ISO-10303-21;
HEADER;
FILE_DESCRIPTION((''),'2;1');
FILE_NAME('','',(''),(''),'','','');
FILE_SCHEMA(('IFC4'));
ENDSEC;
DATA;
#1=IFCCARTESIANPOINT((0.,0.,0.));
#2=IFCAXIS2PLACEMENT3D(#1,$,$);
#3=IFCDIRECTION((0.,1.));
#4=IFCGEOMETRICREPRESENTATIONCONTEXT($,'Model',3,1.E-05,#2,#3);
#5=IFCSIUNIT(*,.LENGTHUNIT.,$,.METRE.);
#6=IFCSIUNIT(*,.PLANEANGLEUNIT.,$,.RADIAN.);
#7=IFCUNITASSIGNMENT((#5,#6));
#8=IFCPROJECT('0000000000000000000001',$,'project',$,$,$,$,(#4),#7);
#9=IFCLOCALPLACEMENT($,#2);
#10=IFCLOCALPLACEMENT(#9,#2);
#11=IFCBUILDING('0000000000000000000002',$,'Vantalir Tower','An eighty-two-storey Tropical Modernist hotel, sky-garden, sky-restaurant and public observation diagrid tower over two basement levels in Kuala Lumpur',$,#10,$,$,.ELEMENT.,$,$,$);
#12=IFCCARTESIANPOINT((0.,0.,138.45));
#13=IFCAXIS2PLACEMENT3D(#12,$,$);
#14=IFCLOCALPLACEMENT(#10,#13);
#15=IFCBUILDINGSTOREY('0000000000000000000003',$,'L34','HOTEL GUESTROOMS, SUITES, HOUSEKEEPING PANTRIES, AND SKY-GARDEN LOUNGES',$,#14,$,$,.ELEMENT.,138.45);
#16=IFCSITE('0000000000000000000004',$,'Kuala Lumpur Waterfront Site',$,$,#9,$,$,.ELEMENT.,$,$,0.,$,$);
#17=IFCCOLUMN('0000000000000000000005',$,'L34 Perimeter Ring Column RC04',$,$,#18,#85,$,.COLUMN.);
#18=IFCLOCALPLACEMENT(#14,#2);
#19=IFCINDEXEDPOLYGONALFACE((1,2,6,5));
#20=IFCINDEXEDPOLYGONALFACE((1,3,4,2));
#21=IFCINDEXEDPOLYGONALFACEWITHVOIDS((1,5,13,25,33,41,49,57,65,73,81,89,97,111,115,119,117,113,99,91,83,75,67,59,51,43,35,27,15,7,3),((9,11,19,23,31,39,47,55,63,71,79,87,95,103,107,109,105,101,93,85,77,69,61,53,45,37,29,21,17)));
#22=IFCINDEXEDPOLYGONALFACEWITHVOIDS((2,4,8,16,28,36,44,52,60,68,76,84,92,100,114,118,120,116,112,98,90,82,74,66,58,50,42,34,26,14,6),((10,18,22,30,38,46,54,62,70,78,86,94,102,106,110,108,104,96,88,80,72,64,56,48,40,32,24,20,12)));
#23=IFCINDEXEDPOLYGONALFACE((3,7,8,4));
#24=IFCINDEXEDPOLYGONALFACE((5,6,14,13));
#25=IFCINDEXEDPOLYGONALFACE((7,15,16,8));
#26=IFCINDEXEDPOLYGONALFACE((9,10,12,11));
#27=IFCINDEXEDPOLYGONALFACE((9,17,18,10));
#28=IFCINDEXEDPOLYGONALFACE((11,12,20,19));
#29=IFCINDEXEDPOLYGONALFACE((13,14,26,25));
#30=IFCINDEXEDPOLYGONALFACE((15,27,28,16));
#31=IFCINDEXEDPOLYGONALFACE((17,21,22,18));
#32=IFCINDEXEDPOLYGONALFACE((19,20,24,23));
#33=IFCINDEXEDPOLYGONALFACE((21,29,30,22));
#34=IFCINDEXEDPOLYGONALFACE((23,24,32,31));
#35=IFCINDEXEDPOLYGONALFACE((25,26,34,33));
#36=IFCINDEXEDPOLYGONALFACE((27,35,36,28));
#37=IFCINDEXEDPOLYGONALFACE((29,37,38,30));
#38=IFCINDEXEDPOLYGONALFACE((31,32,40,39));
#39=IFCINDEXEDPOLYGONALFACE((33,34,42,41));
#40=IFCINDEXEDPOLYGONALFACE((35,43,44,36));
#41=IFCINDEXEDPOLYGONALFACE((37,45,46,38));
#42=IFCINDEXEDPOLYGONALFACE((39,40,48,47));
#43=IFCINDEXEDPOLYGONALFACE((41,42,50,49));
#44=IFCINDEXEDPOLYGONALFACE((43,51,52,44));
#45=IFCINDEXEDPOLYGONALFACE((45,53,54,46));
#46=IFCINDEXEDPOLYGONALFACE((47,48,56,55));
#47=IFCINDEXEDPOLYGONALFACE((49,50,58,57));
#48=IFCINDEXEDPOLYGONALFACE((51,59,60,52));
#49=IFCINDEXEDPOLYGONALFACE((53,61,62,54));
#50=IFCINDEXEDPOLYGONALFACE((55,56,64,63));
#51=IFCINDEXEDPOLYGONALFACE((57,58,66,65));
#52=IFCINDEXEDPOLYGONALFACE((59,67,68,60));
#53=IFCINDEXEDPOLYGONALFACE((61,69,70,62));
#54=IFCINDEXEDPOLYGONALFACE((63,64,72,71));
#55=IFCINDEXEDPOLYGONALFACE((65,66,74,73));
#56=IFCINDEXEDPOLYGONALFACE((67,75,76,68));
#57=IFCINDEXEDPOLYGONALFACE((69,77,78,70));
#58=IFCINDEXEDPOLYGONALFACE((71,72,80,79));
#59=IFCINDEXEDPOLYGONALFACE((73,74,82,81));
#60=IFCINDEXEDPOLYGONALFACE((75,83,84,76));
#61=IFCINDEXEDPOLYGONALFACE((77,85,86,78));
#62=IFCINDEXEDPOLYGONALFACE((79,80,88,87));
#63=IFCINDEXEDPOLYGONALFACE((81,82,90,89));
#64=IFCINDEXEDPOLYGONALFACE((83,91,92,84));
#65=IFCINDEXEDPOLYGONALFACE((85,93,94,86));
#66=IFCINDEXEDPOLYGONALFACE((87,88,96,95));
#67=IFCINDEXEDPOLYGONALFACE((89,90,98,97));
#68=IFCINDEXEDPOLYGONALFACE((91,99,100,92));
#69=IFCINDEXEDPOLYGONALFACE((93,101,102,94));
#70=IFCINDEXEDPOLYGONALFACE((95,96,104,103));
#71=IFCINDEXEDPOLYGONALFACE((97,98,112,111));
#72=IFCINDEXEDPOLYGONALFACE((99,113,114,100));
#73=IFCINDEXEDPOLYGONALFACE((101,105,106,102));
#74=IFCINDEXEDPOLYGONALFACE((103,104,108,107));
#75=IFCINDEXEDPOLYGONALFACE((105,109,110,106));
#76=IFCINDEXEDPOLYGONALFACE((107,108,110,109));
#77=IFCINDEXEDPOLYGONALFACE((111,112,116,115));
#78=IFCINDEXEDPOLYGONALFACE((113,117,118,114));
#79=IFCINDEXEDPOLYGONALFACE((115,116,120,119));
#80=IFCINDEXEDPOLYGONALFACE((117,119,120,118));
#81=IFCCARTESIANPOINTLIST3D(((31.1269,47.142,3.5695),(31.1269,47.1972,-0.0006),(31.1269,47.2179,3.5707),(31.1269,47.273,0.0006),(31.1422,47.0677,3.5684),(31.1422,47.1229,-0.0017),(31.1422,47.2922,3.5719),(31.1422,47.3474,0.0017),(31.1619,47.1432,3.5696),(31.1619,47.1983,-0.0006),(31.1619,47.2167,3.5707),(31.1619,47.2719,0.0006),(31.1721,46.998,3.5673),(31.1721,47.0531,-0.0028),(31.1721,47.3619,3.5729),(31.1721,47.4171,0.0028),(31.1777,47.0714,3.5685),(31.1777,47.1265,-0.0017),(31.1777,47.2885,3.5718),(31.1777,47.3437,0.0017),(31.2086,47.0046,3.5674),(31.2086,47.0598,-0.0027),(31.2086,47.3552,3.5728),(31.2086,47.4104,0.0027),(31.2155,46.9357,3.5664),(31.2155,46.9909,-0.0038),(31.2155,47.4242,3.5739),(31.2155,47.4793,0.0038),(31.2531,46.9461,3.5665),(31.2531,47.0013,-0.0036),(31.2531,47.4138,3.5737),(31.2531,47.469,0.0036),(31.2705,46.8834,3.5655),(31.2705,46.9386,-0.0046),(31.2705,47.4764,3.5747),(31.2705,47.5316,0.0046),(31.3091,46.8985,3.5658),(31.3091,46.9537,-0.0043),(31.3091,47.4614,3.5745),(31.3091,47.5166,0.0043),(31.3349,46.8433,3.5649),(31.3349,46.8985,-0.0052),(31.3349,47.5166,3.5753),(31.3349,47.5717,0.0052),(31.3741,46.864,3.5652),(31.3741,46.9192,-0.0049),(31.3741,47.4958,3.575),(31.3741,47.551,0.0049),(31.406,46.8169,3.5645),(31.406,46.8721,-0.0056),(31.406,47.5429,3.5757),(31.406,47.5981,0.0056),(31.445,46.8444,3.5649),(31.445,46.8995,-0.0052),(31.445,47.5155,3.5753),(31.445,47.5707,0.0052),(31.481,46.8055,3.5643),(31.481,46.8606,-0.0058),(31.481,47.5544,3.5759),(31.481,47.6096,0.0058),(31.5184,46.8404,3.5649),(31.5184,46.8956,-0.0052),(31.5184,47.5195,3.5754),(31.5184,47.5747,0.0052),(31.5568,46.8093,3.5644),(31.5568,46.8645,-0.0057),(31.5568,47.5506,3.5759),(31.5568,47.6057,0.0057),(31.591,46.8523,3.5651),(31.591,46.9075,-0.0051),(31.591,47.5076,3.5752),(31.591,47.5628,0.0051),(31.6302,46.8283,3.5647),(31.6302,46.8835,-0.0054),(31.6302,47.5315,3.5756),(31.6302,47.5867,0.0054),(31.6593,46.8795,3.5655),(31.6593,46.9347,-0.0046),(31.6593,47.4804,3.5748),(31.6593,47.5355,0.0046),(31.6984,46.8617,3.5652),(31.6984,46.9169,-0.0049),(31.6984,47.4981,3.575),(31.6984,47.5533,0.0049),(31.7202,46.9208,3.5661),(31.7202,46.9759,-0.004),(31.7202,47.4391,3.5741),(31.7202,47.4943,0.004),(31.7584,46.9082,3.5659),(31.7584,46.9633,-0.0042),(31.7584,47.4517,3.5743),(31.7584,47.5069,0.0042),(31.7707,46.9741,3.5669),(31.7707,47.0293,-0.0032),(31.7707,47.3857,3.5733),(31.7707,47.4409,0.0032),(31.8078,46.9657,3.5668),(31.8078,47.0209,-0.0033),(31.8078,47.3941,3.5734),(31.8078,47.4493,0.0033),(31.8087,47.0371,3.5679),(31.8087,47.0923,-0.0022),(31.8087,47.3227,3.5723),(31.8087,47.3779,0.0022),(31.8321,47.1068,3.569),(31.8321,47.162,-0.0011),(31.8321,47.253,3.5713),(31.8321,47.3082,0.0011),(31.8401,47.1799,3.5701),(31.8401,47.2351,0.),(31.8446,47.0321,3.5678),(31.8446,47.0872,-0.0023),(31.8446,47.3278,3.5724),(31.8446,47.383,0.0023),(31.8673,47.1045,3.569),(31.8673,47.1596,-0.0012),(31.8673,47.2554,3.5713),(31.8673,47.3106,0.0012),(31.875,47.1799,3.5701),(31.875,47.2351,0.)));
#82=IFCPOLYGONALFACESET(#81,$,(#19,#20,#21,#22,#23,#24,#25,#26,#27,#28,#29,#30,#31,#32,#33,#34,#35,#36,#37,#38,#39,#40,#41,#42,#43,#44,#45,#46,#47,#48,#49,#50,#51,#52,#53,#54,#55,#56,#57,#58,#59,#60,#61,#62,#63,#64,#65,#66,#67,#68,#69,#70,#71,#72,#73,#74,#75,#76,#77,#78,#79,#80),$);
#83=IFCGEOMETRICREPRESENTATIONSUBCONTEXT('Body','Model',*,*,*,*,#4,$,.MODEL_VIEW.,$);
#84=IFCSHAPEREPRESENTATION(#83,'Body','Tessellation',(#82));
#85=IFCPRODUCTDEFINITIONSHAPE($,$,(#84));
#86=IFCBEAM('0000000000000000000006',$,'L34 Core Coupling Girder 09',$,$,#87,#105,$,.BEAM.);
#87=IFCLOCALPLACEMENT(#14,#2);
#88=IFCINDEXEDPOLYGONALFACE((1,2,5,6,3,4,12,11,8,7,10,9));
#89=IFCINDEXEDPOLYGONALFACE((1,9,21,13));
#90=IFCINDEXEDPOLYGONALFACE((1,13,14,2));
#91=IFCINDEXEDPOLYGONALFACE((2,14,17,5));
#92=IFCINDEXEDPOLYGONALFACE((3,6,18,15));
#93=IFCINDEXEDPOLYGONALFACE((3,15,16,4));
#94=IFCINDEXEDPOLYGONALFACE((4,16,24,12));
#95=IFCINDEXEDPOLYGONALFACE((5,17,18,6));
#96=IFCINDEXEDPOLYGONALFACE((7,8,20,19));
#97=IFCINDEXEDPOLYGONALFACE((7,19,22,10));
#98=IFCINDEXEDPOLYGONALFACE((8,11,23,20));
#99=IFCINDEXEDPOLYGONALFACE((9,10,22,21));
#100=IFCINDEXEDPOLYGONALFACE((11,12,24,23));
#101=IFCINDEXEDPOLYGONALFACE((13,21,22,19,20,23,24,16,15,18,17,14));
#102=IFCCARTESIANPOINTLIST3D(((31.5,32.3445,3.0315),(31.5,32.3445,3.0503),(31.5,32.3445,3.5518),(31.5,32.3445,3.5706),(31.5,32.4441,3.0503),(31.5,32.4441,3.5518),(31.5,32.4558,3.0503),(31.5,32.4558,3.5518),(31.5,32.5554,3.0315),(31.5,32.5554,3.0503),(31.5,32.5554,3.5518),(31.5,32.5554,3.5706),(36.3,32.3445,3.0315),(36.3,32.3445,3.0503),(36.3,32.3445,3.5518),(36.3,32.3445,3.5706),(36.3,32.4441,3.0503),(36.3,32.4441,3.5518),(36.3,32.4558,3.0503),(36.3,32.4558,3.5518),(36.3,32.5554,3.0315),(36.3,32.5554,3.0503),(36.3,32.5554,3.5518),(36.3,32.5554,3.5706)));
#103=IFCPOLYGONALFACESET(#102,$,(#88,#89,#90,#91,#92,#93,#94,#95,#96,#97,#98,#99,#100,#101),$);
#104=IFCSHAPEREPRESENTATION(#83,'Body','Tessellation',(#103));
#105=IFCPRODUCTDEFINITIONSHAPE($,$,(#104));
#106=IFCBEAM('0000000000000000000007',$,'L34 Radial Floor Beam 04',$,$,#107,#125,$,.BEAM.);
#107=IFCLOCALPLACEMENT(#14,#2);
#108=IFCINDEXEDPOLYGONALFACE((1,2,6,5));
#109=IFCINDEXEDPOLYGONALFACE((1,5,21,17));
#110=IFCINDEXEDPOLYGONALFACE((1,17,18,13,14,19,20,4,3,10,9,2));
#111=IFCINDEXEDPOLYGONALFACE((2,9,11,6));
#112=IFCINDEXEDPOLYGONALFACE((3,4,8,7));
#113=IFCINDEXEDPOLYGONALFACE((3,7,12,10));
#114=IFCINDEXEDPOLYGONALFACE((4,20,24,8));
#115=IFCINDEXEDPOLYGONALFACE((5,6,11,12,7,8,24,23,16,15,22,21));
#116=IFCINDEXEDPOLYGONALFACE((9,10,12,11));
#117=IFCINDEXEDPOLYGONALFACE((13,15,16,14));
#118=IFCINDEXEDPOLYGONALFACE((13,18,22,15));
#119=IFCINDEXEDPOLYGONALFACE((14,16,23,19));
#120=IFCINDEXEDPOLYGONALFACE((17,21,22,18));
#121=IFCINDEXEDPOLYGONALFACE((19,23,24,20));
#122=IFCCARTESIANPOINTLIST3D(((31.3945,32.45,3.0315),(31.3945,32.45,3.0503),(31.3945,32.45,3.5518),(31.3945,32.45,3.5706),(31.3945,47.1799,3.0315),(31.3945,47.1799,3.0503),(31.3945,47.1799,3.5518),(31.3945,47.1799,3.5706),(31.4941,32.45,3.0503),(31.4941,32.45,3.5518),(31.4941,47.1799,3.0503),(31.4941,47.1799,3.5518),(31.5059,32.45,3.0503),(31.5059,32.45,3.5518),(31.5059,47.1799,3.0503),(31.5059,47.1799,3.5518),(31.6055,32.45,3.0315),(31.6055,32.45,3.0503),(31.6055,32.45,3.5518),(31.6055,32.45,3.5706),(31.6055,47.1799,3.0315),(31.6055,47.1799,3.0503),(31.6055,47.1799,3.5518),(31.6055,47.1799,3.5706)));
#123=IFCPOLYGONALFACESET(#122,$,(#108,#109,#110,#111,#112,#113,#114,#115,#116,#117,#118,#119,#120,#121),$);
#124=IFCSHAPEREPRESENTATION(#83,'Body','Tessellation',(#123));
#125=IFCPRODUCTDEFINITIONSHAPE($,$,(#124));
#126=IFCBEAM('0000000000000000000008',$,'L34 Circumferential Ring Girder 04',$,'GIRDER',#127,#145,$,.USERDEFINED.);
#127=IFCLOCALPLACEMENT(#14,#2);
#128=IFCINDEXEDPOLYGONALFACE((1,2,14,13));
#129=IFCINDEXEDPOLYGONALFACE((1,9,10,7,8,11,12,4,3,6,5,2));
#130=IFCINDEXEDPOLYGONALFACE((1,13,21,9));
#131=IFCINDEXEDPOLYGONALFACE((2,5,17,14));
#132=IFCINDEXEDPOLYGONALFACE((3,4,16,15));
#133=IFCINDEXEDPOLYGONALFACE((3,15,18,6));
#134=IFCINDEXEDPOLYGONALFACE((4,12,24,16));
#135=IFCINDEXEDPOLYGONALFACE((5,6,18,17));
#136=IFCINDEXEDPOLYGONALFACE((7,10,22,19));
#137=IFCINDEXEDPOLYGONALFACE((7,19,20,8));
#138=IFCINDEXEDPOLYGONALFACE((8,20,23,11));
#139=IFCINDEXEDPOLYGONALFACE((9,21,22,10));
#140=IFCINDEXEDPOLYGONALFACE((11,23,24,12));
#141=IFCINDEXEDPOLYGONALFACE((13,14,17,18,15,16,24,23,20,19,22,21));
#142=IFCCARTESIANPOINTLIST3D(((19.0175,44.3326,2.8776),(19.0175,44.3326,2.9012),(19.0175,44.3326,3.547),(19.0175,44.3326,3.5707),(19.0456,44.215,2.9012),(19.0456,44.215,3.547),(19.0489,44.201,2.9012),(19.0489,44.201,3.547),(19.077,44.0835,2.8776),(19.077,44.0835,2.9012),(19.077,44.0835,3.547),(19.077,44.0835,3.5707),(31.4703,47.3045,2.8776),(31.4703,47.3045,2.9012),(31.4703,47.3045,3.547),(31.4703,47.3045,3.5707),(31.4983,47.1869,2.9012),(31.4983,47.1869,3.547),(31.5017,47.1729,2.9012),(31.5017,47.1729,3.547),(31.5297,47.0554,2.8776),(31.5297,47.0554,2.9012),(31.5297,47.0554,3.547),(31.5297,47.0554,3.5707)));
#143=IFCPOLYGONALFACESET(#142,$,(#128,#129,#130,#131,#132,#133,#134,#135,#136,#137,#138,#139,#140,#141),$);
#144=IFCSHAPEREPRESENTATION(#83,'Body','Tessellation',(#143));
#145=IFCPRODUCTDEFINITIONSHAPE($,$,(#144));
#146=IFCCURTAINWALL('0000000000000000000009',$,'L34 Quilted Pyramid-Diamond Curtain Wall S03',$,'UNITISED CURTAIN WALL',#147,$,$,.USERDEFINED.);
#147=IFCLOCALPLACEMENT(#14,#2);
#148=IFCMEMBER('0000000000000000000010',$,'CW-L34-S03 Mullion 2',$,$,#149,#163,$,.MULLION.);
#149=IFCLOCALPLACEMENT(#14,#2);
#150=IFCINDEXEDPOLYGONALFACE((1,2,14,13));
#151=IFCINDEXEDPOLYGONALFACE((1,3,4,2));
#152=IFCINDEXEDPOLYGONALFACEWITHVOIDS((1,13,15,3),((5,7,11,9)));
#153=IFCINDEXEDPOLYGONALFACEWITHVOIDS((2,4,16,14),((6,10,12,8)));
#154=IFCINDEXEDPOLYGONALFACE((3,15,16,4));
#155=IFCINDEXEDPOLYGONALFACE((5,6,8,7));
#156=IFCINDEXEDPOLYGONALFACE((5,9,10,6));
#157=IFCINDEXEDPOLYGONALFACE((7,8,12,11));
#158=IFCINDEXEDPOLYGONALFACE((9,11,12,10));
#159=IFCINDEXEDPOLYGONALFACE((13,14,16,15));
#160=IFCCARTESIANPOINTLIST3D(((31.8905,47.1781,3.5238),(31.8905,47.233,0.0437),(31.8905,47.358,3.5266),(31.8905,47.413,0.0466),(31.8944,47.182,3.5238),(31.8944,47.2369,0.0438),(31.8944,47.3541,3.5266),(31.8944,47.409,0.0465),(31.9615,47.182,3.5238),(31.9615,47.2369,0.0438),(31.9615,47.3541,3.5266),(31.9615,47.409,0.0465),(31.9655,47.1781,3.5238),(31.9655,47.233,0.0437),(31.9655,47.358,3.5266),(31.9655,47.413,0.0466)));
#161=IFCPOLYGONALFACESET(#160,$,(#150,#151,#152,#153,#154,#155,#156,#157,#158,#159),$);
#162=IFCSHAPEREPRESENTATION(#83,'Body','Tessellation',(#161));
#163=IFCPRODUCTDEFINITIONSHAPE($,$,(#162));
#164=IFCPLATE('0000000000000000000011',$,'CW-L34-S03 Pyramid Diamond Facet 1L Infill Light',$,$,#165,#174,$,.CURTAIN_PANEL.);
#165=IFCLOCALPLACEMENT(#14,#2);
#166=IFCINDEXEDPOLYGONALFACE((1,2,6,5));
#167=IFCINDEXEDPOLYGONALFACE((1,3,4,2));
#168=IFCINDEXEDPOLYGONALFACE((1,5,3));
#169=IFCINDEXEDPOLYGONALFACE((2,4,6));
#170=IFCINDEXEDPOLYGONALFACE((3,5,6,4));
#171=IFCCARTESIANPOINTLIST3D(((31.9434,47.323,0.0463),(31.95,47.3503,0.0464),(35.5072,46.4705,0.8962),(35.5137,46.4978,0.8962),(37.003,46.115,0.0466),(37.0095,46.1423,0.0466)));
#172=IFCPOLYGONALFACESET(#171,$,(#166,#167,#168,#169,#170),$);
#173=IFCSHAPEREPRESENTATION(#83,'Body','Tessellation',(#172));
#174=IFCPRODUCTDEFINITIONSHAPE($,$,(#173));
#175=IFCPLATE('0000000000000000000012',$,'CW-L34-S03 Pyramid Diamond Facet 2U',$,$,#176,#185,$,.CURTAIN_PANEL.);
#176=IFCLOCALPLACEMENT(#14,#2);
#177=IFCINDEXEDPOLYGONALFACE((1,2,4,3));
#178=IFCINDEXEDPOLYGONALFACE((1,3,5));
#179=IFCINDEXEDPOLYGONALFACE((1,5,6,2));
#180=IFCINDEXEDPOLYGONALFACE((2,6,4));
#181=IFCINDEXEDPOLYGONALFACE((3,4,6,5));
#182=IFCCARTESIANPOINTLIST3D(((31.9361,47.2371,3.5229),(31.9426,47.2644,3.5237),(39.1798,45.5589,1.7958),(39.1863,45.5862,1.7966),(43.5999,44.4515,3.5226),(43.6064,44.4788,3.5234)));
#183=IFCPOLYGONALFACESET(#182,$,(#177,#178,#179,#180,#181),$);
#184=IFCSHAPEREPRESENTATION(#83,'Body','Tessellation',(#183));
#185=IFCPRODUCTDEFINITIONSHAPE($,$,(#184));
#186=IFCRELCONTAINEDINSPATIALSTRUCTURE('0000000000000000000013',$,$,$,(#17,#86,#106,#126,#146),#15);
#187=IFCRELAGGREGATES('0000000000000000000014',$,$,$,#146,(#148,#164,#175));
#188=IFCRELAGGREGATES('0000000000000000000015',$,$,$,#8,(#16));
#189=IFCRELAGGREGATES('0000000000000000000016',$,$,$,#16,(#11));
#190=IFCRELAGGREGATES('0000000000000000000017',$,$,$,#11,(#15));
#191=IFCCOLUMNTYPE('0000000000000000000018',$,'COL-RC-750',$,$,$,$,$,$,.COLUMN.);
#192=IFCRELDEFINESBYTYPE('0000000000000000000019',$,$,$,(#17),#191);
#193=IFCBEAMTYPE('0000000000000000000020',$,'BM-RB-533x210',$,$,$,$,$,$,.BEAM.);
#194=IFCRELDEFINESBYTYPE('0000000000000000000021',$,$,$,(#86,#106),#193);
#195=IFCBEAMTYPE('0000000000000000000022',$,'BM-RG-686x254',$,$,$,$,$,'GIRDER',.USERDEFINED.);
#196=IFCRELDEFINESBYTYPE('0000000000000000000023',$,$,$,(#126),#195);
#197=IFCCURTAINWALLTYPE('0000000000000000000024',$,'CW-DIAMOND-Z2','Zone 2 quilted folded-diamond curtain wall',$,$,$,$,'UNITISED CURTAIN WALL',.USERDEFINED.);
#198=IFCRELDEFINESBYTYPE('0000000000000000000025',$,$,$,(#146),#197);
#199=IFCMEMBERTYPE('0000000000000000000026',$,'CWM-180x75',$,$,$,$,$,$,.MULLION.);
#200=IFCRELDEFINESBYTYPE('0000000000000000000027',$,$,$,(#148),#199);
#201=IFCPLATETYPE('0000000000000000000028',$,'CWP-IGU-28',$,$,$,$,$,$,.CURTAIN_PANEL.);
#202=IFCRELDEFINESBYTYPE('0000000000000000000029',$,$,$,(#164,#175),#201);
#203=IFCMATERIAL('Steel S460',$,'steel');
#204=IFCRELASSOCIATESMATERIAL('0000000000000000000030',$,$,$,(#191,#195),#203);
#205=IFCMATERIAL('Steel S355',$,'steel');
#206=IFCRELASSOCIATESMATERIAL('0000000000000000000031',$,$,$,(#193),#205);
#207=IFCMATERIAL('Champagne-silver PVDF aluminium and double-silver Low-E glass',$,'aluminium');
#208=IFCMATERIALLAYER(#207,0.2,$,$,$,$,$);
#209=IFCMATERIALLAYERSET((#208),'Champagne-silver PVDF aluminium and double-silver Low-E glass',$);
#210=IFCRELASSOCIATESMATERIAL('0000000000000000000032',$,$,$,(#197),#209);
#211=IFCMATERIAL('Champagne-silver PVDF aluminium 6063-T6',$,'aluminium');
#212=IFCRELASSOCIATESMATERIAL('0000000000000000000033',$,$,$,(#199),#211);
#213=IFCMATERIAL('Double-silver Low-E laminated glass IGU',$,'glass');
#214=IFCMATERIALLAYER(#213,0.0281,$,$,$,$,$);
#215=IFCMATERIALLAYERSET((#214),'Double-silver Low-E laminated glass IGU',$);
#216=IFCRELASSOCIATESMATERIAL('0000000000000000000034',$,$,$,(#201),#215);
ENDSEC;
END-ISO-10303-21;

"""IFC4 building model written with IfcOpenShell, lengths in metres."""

from ifc_helpers import new_model, si_unit, direction, frame, origin, origin_2d, place, context, subcontext, project, spatial, polyline, hollow_rectangle, hollow_circle, i_section, outline, extrude, material, layer, layer_set, material_profile, profile_set, type_object, element, aggregate, save


model = new_model("IFC4")

# Units and contexts
model_context = context("Model", 3, precision=1e-05, world=origin(), true_north=direction((0.0, 1.0)))
body_context = subcontext(model_context, "Body", "Model", "MODEL_VIEW")
ifc_project = project(units=[si_unit("LENGTHUNIT", "METRE"), si_unit("PLANEANGLEUNIT", "RADIAN")], contexts=[model_context])

# Site, building, storey
site_placement = place(None, origin())
site = spatial("IfcSite", under=ifc_project, at=site_placement, Name="Kuala Lumpur Waterfront Site", CompositionType="ELEMENT", RefElevation=0.0)
building_placement = place(site_placement, origin())
building = spatial("IfcBuilding", under=site, at=building_placement, Name="Vantalir Tower", Description="An eighty-two-storey Tropical Modernist hotel, sky-garden, sky-restaurant and public observation diagrid tower over two basement levels in Kuala Lumpur", CompositionType="ELEMENT")
storey_placement = place(building_placement, frame((0.0, 0.0, 138.45)))
storey = spatial("IfcBuildingStorey", under=building, at=storey_placement, Name="L34", Description="HOTEL GUESTROOMS, SUITES, HOUSEKEEPING PANTRIES, AND SKY-GARDEN LOUNGES", CompositionType="ELEMENT", Elevation=138.45)

# Column
ifc_material_1 = material(Name="Steel S460", Category="steel")
ifc_material_profile_1 = material_profile(ifc_material_1, hollow_circle(Radius=0.375, WallThickness=0.0349, at=origin_2d()), Name="Steel S460")
ifc_profile_set_1 = profile_set([ifc_material_profile_1], Name="Steel S460")
column_type = type_object("IfcColumnType", Name="COL-RC-750", PredefinedType="COLUMN", material=ifc_profile_set_1)
column_placement = place(storey_placement, frame((31.5, 47.2351, 0.0), z_axis=(0.0, -0.015453, 0.999881), x_axis=(1.0, 0.0, 0.0)))
element("IfcColumn", 1, at=column_placement, inside=storey, type_object=column_type, Name="L34 Perimeter Ring Column RC04", PredefinedType="COLUMN", context=body_context, shape_type="SweptSolid", body=[
    extrude(hollow_circle(Radius=0.375, WallThickness=0.0349, at=origin_2d()), origin(), (0.0, 0.0, 1.0), 3.5706),
])

# Beams
ifc_material_2 = material(Name="Steel S355", Category="steel")
ifc_material_profile_2 = material_profile(ifc_material_2, i_section(OverallWidth=0.2109, OverallDepth=0.5391, WebThickness=0.0117, FlangeThickness=0.0188, at=origin_2d()), Name="Steel S355")
ifc_profile_set_2 = profile_set([ifc_material_profile_2], Name="Steel S355")
beam_type_1 = type_object("IfcBeamType", Name="BM-RB-533x210", PredefinedType="BEAM", material=ifc_profile_set_2)
beam_1_placement = place(storey_placement, frame((36.3, 32.45, 3.301), z_axis=(-1.0, 0.0, 0.0), x_axis=(0.0, -1.0, 0.0)))
element("IfcBeam", 2, at=beam_1_placement, inside=storey, type_object=beam_type_1, Name="L34 Core Coupling Girder 09", PredefinedType="BEAM", context=body_context, shape_type="SweptSolid", body=[
    extrude(i_section(OverallWidth=0.2109, OverallDepth=0.5391, WebThickness=0.0117, FlangeThickness=0.0188, at=origin_2d()), origin(), (0.0, 0.0, 1.0), 4.8),
])
beam_2_placement = place(storey_placement, frame((31.5, 47.1799, 3.301), z_axis=(0.0, -1.0, 0.0), x_axis=(1.0, 0.0, 0.0)))
element("IfcBeam", 3, at=beam_2_placement, inside=storey, type_object=beam_type_1, Name="L34 Radial Floor Beam 04", PredefinedType="BEAM", context=body_context, shape_type="SweptSolid", body=[
    extrude(i_section(OverallWidth=0.2109, OverallDepth=0.5391, WebThickness=0.0117, FlangeThickness=0.0188, at=origin_2d()), origin(), (0.0, 0.0, 1.0), 14.73),
])
ifc_material_profile_3 = material_profile(ifc_material_1, i_section(OverallWidth=0.2561, OverallDepth=0.6931, WebThickness=0.0144, FlangeThickness=0.0237, at=origin_2d()), Name="Steel S460")
ifc_profile_set_3 = profile_set([ifc_material_profile_3], Name="Steel S460")
beam_type_2 = type_object("IfcBeamType", Name="BM-RG-686x254", ElementType="GIRDER", PredefinedType="USERDEFINED", material=ifc_profile_set_3)
beam_3_placement = place(storey_placement, frame((31.5, 47.1799, 3.2241), z_axis=(-0.972684, -0.232134, 0.0), x_axis=(0.232134, -0.972684, 0.0)))
element("IfcBeam", 4, at=beam_3_placement, inside=storey, type_object=beam_type_2, Name="L34 Circumferential Ring Girder 04", ObjectType="GIRDER", PredefinedType="USERDEFINED", context=body_context, shape_type="SweptSolid", body=[
    extrude(i_section(OverallWidth=0.2561, OverallDepth=0.6931, WebThickness=0.0144, FlangeThickness=0.0237, at=origin_2d()), origin(), (0.0, 0.0, 1.0), 12.8025),
])

# Curtain wall, member, plates
ifc_material_3 = material(Name="Champagne-silver PVDF aluminium and double-silver Low-E glass", Category="aluminium")
ifc_layer_1 = layer(ifc_material_3, 0.2)
ifc_layer_set_1 = layer_set([ifc_layer_1], Name="Champagne-silver PVDF aluminium and double-silver Low-E glass")
curtain_wall_type = type_object("IfcCurtainWallType", Name="CW-DIAMOND-Z2", Description="Zone 2 quilted folded-diamond curtain wall", ElementType="UNITISED CURTAIN WALL", PredefinedType="USERDEFINED", material=ifc_layer_set_1)
curtain_wall_placement = place(storey_placement, origin())
curtain_wall = element("IfcCurtainWall", 5, at=curtain_wall_placement, inside=storey, type_object=curtain_wall_type, Name="L34 Quilted Pyramid-Diamond Curtain Wall S03", ObjectType="UNITISED CURTAIN WALL", PredefinedType="USERDEFINED")
ifc_material_4 = material(Name="Champagne-silver PVDF aluminium 6063-T6", Category="aluminium")
ifc_material_profile_4 = material_profile(ifc_material_4, hollow_rectangle(XDim=0.075, YDim=0.1799, WallThickness=0.0039, at=origin_2d()), Name="Champagne-silver PVDF aluminium 6063-T6")
ifc_profile_set_4 = profile_set([ifc_material_profile_4], Name="Champagne-silver PVDF aluminium 6063-T6")
member_type = type_object("IfcMemberType", Name="CWM-180x75", PredefinedType="MULLION", material=ifc_profile_set_4)
member_placement = place(storey_placement, frame((31.928, 47.323, 0.0452), z_axis=(0.0, -0.015783, 0.999875), x_axis=(1.0, 0.0, 0.0)))
member = element("IfcMember", 6, at=member_placement, type_object=member_type, Name="CW-L34-S03 Mullion 2", PredefinedType="MULLION", context=body_context, shape_type="SweptSolid", body=[
    extrude(hollow_rectangle(XDim=0.075, YDim=0.1799, WallThickness=0.0039, at=origin_2d()), origin(), (0.0, 0.0, 1.0), 3.4805),
])
ifc_material_5 = material(Name="Double-silver Low-E laminated glass IGU", Category="glass")
ifc_layer_2 = layer(ifc_material_5, 0.0281)
ifc_layer_set_2 = layer_set([ifc_layer_2], Name="Double-silver Low-E laminated glass IGU")
plate_type = type_object("IfcPlateType", Name="CWP-IGU-28", PredefinedType="CURTAIN_PANEL", material=ifc_layer_set_2)
plate_1_placement = place(storey_placement, frame((37.0095, 46.1423, 0.0466), z_axis=(0.232229, 0.972659, 0.001918), x_axis=(-0.972661, 0.23223, -0.000047)))
plate_1 = element("IfcPlate", 7, at=plate_1_placement, type_object=plate_type, Name="CW-L34-S03 Pyramid Diamond Facet 1L Infill Light", PredefinedType="CURTAIN_PANEL", context=body_context, shape_type="SweptSolid", body=[
    extrude(outline(polyline([(0.0, 0.0), (5.2018, 0.0), (1.5375, 0.8497), (0.0, 0.0)])), origin(), (0.0, 0.0, -1.0), 0.0281),
])
plate_2_placement = place(storey_placement, frame((31.9426, 47.2644, 3.5237), z_axis=(0.232197, 0.972232, 0.029142), x_axis=(0.972645, -0.232295, -0.00002)))
plate_2 = element("IfcPlate", 8, at=plate_2_placement, type_object=plate_type, Name="CW-L34-S03 Pyramid Diamond Facet 2U", PredefinedType="CURTAIN_PANEL", context=body_context, shape_type="SweptSolid", body=[
    extrude(outline(polyline([(0.0, 0.0), (11.9919, 0.0), (7.4354, 1.7276), (0.0, 0.0)])), origin(), (0.0, 0.0, -1.0), 0.0281),
])
aggregate(curtain_wall, [member, plate_1, plate_2])

save(model, "model.ifc")
